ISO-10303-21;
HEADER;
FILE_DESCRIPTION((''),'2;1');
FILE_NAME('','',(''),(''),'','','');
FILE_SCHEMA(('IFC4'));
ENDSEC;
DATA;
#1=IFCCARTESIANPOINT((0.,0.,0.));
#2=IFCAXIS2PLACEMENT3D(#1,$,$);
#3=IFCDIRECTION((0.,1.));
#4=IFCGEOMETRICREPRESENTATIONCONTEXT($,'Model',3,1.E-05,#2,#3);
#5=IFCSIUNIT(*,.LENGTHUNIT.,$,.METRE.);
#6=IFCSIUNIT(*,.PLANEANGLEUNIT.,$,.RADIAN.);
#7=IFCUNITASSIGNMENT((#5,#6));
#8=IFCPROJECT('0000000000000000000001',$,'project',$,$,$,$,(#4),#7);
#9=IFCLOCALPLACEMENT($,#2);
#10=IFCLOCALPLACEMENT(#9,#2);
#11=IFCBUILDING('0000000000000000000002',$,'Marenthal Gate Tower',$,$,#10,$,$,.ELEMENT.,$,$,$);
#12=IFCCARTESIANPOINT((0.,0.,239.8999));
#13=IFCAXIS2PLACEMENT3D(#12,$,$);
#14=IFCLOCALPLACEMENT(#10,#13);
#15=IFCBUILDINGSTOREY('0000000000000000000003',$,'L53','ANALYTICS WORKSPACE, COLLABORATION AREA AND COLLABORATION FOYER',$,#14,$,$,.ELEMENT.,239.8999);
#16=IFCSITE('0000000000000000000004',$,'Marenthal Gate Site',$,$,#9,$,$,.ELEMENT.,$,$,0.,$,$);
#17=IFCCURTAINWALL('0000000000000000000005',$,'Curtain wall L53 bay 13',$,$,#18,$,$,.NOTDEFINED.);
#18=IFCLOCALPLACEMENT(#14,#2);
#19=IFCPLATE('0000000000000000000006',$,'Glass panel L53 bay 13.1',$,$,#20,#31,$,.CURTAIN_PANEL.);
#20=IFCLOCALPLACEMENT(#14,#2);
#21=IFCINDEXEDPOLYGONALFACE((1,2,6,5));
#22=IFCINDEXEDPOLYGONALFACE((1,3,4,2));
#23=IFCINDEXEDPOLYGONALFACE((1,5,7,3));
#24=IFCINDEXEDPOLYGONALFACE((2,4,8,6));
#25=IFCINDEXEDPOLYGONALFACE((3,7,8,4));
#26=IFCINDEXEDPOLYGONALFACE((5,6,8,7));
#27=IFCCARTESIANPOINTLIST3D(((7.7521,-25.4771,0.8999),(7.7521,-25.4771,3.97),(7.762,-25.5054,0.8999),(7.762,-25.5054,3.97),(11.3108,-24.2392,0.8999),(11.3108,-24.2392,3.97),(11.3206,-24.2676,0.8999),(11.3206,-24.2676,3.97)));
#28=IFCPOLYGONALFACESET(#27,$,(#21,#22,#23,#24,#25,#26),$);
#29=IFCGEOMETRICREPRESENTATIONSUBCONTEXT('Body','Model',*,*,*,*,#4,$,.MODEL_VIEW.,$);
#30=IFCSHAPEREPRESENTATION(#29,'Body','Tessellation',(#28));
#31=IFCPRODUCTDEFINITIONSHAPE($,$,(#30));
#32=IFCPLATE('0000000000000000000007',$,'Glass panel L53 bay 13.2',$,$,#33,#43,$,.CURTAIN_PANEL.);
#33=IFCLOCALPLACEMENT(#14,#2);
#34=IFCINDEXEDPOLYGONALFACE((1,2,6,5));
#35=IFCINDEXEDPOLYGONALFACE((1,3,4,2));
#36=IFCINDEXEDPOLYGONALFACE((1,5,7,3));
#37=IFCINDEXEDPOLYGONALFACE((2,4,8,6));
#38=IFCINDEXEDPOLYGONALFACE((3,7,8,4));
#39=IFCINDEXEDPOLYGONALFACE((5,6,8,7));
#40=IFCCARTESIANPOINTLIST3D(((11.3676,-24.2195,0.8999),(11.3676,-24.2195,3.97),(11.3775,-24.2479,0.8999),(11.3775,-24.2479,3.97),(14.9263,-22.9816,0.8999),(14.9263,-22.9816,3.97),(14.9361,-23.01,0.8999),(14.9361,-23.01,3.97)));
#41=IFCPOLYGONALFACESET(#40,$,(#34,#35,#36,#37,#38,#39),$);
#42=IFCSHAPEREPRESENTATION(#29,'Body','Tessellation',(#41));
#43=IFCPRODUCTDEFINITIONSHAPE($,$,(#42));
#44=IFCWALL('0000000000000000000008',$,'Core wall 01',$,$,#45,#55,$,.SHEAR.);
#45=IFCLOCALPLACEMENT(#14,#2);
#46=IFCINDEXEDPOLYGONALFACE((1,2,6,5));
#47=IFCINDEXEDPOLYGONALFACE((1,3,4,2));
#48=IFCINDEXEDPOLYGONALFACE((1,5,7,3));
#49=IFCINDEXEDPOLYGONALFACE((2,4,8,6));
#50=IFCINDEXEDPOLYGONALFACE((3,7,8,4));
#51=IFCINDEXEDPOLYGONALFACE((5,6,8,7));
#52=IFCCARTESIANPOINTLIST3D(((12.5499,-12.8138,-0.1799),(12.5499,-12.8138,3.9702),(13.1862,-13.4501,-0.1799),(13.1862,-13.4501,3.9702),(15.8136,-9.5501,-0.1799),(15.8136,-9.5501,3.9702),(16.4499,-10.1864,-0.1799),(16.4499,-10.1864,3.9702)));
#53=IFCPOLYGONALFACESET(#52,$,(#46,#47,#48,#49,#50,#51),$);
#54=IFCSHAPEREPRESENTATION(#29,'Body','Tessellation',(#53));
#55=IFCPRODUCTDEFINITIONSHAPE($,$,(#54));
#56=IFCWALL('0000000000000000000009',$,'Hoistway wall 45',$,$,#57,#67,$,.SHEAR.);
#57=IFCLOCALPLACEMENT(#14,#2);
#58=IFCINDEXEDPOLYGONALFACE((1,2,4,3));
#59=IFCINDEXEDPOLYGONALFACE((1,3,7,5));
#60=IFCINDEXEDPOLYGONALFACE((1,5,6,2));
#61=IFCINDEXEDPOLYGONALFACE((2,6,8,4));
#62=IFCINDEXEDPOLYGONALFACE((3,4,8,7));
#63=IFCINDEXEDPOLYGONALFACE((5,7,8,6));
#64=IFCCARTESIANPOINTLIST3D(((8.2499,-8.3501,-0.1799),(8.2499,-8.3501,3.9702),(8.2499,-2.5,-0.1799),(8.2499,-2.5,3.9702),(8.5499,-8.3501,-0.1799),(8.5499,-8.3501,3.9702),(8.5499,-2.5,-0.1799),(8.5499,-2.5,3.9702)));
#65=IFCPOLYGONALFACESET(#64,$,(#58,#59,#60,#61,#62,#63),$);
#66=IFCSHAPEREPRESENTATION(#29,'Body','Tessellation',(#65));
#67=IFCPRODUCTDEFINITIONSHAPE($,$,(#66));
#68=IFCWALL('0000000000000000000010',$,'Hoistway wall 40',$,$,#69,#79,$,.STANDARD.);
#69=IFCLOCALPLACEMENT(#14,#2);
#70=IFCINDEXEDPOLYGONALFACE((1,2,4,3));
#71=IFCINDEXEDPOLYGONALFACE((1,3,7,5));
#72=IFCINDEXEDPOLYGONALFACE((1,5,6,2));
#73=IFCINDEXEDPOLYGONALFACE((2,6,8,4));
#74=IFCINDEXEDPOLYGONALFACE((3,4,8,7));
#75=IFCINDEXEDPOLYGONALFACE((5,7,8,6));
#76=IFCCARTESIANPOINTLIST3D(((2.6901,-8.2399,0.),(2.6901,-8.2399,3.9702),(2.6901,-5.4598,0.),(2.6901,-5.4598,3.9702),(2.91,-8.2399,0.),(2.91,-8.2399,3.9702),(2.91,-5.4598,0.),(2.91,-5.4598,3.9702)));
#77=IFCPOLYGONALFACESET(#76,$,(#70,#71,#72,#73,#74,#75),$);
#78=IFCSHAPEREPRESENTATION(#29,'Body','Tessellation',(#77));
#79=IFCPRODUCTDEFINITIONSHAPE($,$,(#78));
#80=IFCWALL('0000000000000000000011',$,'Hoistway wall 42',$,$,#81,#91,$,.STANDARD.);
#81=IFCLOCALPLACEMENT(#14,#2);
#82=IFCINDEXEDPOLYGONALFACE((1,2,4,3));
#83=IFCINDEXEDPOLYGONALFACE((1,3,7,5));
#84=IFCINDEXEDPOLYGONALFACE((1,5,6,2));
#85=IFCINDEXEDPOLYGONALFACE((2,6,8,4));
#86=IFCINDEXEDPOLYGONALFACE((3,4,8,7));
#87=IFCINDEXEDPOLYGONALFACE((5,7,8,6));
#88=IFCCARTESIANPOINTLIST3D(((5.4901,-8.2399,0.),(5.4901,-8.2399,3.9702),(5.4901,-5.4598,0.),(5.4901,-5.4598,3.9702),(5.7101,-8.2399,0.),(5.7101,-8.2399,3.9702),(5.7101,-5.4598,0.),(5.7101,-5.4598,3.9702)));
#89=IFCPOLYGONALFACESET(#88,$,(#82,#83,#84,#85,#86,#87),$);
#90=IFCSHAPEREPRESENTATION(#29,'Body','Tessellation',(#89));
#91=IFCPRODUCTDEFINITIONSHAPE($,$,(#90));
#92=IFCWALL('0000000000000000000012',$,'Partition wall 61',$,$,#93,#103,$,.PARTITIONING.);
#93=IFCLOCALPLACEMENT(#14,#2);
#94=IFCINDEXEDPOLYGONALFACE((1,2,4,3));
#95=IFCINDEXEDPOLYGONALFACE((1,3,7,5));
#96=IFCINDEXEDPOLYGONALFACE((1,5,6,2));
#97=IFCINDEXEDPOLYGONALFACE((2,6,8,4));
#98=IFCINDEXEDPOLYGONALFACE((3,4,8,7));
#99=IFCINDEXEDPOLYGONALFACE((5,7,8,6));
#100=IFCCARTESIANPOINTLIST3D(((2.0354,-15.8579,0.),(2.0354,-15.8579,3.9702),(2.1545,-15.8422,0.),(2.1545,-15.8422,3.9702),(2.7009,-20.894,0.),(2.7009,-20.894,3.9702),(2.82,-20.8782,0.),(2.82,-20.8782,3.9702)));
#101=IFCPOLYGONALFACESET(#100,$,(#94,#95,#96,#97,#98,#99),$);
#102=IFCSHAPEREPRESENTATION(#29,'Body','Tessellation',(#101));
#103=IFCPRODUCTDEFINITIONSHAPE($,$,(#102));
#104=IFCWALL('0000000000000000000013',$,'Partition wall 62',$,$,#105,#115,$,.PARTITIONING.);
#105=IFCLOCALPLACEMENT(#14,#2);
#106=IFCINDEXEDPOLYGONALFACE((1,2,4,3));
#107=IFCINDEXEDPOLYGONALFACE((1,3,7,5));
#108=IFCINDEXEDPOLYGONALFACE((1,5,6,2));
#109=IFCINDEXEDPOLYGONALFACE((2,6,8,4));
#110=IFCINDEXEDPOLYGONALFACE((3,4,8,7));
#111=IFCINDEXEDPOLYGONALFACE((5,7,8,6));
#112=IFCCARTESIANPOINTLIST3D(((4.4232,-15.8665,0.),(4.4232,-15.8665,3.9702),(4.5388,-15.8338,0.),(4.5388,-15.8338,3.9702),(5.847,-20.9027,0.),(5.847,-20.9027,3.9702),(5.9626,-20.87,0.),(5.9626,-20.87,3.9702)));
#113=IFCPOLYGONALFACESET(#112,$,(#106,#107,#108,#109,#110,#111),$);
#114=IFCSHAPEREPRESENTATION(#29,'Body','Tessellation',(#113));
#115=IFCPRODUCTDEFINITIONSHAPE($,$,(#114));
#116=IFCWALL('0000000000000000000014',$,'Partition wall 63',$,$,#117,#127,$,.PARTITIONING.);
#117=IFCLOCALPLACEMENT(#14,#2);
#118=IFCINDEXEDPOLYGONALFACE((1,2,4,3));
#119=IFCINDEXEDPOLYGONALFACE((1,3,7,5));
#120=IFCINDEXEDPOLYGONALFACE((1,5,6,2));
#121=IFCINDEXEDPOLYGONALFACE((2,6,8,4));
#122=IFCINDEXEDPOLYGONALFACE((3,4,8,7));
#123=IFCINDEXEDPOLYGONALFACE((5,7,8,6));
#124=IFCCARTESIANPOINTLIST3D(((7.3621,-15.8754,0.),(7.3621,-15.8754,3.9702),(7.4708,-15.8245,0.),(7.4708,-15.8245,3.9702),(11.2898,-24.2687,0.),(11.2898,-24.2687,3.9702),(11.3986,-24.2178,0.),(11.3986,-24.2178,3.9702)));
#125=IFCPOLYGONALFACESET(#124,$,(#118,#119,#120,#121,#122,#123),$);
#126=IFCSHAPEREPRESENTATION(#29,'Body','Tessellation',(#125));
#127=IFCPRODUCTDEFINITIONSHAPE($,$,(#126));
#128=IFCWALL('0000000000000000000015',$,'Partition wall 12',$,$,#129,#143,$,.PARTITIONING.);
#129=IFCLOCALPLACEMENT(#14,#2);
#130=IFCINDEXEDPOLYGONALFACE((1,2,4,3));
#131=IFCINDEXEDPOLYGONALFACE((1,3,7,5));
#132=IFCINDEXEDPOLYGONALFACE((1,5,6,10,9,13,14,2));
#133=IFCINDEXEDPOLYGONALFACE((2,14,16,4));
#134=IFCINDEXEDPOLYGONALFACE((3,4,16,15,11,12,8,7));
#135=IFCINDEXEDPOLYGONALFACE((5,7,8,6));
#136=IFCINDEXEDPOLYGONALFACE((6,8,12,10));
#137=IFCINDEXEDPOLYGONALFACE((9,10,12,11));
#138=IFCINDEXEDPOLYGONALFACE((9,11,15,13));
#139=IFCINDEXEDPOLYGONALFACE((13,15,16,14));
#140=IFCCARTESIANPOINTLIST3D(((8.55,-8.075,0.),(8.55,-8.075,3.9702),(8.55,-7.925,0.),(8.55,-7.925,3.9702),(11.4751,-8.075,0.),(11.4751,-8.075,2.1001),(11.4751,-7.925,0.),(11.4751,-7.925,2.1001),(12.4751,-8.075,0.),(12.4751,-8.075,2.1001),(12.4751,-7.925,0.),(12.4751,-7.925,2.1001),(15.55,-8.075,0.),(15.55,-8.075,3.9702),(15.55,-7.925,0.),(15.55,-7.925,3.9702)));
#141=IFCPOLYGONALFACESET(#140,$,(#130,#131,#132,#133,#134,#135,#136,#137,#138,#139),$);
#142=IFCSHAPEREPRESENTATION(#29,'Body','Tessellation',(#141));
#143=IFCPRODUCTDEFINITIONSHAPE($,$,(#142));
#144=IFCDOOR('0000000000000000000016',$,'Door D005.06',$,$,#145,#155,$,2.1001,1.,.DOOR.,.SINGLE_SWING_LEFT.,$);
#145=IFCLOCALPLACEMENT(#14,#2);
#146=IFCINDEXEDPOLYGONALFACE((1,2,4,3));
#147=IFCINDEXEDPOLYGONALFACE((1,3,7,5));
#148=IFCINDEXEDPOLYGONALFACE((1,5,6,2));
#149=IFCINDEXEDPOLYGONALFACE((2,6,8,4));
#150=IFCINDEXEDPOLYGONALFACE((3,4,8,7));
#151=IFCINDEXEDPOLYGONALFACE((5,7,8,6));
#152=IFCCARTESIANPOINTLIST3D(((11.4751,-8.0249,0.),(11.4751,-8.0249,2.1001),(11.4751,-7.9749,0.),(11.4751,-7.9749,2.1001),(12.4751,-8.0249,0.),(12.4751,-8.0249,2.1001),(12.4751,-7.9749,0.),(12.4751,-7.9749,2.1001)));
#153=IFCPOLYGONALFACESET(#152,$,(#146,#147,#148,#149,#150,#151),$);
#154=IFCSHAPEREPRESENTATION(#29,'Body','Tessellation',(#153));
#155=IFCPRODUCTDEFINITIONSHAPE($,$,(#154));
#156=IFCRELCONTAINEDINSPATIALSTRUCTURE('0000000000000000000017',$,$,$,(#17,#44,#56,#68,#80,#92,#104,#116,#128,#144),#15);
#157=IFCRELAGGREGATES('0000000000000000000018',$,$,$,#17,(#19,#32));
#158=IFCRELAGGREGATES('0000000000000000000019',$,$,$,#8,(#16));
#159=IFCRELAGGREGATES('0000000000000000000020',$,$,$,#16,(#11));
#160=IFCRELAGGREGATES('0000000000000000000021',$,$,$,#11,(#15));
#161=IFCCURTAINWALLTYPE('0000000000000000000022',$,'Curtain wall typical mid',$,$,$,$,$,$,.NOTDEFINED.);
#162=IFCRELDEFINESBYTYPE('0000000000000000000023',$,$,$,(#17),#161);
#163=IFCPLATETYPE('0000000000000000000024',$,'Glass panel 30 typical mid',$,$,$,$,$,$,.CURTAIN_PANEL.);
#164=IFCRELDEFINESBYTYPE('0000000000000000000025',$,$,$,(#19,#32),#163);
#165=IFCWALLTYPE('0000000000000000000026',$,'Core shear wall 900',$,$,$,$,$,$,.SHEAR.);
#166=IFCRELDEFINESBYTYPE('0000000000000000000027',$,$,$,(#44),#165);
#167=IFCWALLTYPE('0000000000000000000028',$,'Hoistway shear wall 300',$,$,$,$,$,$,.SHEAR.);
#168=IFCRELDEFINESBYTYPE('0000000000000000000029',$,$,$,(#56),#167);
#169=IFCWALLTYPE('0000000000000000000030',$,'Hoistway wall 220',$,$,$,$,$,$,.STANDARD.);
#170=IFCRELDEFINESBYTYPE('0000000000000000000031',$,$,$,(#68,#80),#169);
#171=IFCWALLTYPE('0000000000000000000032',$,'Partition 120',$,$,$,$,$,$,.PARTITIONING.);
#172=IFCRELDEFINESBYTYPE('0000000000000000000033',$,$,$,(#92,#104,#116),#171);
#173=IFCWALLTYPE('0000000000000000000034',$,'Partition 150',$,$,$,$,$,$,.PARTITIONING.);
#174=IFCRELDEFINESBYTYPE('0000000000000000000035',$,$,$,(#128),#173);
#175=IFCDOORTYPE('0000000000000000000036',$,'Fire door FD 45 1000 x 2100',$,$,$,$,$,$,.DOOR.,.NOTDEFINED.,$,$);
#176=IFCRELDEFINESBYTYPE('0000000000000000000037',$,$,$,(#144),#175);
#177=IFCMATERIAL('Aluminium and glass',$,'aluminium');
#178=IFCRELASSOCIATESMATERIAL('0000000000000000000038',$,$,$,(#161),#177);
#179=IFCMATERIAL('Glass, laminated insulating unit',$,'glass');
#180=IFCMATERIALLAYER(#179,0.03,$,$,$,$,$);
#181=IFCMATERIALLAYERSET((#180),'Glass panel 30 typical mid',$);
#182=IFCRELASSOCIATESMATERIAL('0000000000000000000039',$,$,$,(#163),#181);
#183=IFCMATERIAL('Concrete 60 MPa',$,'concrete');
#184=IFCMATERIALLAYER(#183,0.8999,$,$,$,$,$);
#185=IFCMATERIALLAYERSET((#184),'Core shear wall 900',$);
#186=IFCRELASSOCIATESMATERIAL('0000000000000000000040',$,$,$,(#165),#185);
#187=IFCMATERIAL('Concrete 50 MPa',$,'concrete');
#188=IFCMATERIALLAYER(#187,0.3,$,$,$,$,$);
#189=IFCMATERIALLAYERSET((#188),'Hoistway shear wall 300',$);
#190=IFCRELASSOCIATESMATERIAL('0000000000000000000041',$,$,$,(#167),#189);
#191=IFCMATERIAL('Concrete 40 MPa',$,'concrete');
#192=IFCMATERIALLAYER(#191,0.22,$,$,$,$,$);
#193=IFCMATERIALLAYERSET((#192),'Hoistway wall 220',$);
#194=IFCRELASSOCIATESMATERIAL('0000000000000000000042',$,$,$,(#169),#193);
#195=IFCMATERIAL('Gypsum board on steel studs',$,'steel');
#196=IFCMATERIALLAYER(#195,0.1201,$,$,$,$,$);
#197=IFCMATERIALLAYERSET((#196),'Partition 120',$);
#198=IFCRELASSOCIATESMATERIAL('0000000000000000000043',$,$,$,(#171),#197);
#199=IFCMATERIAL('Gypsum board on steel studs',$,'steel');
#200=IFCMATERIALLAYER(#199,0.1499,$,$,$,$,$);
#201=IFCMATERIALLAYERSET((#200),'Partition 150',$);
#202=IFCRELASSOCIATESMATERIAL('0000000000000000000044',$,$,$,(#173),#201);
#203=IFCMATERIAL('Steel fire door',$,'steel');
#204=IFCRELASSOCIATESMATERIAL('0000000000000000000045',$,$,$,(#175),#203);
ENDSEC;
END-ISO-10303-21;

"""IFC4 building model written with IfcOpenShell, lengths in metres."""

from ifc_helpers import new_model, si_unit, direction, frame, frame_2d, origin, origin_2d, place, context, subcontext, project, spatial, rectangle, extrude, material, layer, layer_set, type_object, element, fill, aggregate, save


model = new_model("IFC4")

# Units and contexts
model_context = context("Model", 3, precision=1e-05, world=origin(), true_north=direction((0.0, 1.0)))
body_context = subcontext(model_context, "Body", "Model", "MODEL_VIEW")
ifc_project = project(units=[si_unit("LENGTHUNIT", "METRE"), si_unit("PLANEANGLEUNIT", "RADIAN")], contexts=[model_context])

# Site, building, storey
site_placement = place(None, origin())
site = spatial("IfcSite", under=ifc_project, at=site_placement, Name="Marenthal Gate Site", CompositionType="ELEMENT", RefElevation=0.0)
building_placement = place(site_placement, origin())
building = spatial("IfcBuilding", under=site, at=building_placement, Name="Marenthal Gate Tower", CompositionType="ELEMENT")
storey_placement = place(building_placement, frame((0.0, 0.0, 239.8999)))
storey = spatial("IfcBuildingStorey", under=building, at=storey_placement, Name="L53", Description="ANALYTICS WORKSPACE, COLLABORATION AREA AND COLLABORATION FOYER", CompositionType="ELEMENT", Elevation=239.8999)

# Curtain wall
ifc_material_1 = material(Name="Aluminium and glass", Category="aluminium")
curtain_wall_type = type_object("IfcCurtainWallType", Name="Curtain wall typical mid", PredefinedType="NOTDEFINED", material=ifc_material_1)
curtain_wall_placement = place(storey_placement, origin())
curtain_wall = element("IfcCurtainWall", 1, at=curtain_wall_placement, inside=storey, type_object=curtain_wall_type, Name="Curtain wall L53 bay 13", PredefinedType="NOTDEFINED")

# Plates
ifc_material_2 = material(Name="Glass, laminated insulating unit", Category="glass")
ifc_layer_1 = layer(ifc_material_2, 0.03)
ifc_layer_set_1 = layer_set([ifc_layer_1], Name="Glass panel 30 typical mid")
plate_type = type_object("IfcPlateType", Name="Glass panel 30 typical mid", PredefinedType="CURTAIN_PANEL", material=ifc_layer_set_1)
plate_1_placement = place(storey_placement, frame((9.5364, -24.8723, 0.8999), z_axis=(0.0, 0.0, 1.0), x_axis=(0.94449, 0.32854, 0.0)))
plate_1 = element("IfcPlate", 2, at=plate_1_placement, type_object=plate_type, Name="Glass panel L53 bay 13.1", PredefinedType="CURTAIN_PANEL", context=body_context, shape_type="SweptSolid", body=[
    extrude(rectangle(XDim=3.7678, YDim=0.03, at=origin_2d()), origin(), (0.0, 0.0, 1.0), 3.0701),
])
plate_2_placement = place(storey_placement, frame((13.1519, -23.6147, 0.8999), z_axis=(0.0, 0.0, 1.0), x_axis=(0.94449, 0.32854, 0.0)))
plate_2 = element("IfcPlate", 3, at=plate_2_placement, type_object=plate_type, Name="Glass panel L53 bay 13.2", PredefinedType="CURTAIN_PANEL", context=body_context, shape_type="SweptSolid", body=[
    extrude(rectangle(XDim=3.7678, YDim=0.03, at=origin_2d()), origin(), (0.0, 0.0, 1.0), 3.0701),
])
aggregate(curtain_wall, [plate_1, plate_2])

# Walls
ifc_material_3 = material(Name="Concrete 60 MPa", Category="concrete")
ifc_layer_2 = layer(ifc_material_3, 0.8999)
ifc_layer_set_2 = layer_set([ifc_layer_2], Name="Core shear wall 900")
wall_type_1 = type_object("IfcWallType", Name="Core shear wall 900", PredefinedType="SHEAR", material=ifc_layer_set_2)
wall_1_placement = place(storey_placement, frame((12.8682, -13.1318, -0.1799), z_axis=(0.0, 0.0, 1.0), x_axis=(0.707107, 0.707107, 0.0)))
element("IfcWall", 4, at=wall_1_placement, inside=storey, type_object=wall_type_1, Name="Core wall 01", PredefinedType="SHEAR", context=body_context, shape_type="SweptSolid", body=[
    extrude(rectangle(XDim=4.6155, YDim=0.8999, at=frame_2d((2.3076, 0.0))), origin(), (0.0, 0.0, 1.0), 4.1501),
])
ifc_material_4 = material(Name="Concrete 50 MPa", Category="concrete")
ifc_layer_3 = layer(ifc_material_4, 0.3)
ifc_layer_set_3 = layer_set([ifc_layer_3], Name="Hoistway shear wall 300")
wall_type_2 = type_object("IfcWallType", Name="Hoistway shear wall 300", PredefinedType="SHEAR", material=ifc_layer_set_3)
wall_2_placement = place(storey_placement, frame((8.3999, -8.3501, -0.1799), z_axis=(0.0, 0.0, 1.0), x_axis=(0.0, 1.0, 0.0)))
element("IfcWall", 5, at=wall_2_placement, inside=storey, type_object=wall_type_2, Name="Hoistway wall 45", PredefinedType="SHEAR", context=body_context, shape_type="SweptSolid", body=[
    extrude(rectangle(XDim=5.8501, YDim=0.3, at=frame_2d((2.925, 0.0))), origin(), (0.0, 0.0, 1.0), 4.1501),
])
ifc_material_5 = material(Name="Concrete 40 MPa", Category="concrete")
ifc_layer_4 = layer(ifc_material_5, 0.22)
ifc_layer_set_4 = layer_set([ifc_layer_4], Name="Hoistway wall 220")
wall_type_3 = type_object("IfcWallType", Name="Hoistway wall 220", PredefinedType="STANDARD", material=ifc_layer_set_4)
for number, where, z_axis, x_axis, name in (
    (6, (2.8, -8.24, 0.0), (0.0, 0.0, 1.0), (0.0, 1.0, 0.0), "Hoistway wall 40"),
    (7, (5.6001, -8.24, 0.0), (0.0, 0.0, 1.0), (0.0, 1.0, 0.0), "Hoistway wall 42"),
):
    element("IfcWall", number, at=place(storey_placement, frame(where, z_axis=z_axis, x_axis=x_axis)), inside=storey, type_object=wall_type_3, Name=name, PredefinedType="STANDARD", context=body_context, shape_type="SweptSolid", body=[
        extrude(rectangle(XDim=2.78, YDim=0.22, at=frame_2d((1.3901, 0.0))), origin(), (0.0, 0.0, 1.0), 3.9702),
    ])
ifc_material_6 = material(Name="Gypsum board on steel studs", Category="steel")
ifc_layer_5 = layer(ifc_material_6, 0.1201)
ifc_layer_set_5 = layer_set([ifc_layer_5], Name="Partition 120")
wall_type_4 = type_object("IfcWallType", Name="Partition 120", PredefinedType="PARTITIONING", material=ifc_layer_set_5)
wall_3_placement = place(storey_placement, frame((2.7605, -20.8862, 0.0), z_axis=(0.0, 0.0, 1.0), x_axis=(-0.131011, 0.991381, 0.0)))
element("IfcWall", 8, at=wall_3_placement, inside=storey, type_object=wall_type_4, Name="Partition wall 61", PredefinedType="PARTITIONING", context=body_context, shape_type="SweptSolid", body=[
    extrude(rectangle(XDim=5.0798, YDim=0.1201, at=frame_2d((2.54, 0.0))), origin(), (0.0, 0.0, 1.0), 3.9702),
])
wall_4_placement = place(storey_placement, frame((5.9048, -20.8862, 0.0), z_axis=(0.0, 0.0, 1.0), x_axis=(-0.272058, 0.962281, 0.0)))
element("IfcWall", 9, at=wall_4_placement, inside=storey, type_object=wall_type_4, Name="Partition wall 62", PredefinedType="PARTITIONING", context=body_context, shape_type="SweptSolid", body=[
    extrude(rectangle(XDim=5.2336, YDim=0.1201, at=frame_2d((2.6167, 0.0))), origin(), (0.0, 0.0, 1.0), 3.9702),
])
wall_5_placement = place(storey_placement, frame((7.4165, -15.8501, 0.0), z_axis=(0.0, 0.0, 1.0), x_axis=(0.423847, -0.905734, 0.0)))
element("IfcWall", 10, at=wall_5_placement, inside=storey, type_object=wall_type_4, Name="Partition wall 63", PredefinedType="PARTITIONING", context=body_context, shape_type="SweptSolid", body=[
    extrude(rectangle(XDim=9.2668, YDim=0.1201, at=frame_2d((4.6333, 0.0))), origin(), (0.0, 0.0, 1.0), 3.9702),
])

# Wall, opening, door
ifc_material_7 = material(Name="Gypsum board on steel studs", Category="steel")
ifc_layer_6 = layer(ifc_material_7, 0.1499)
ifc_layer_set_6 = layer_set([ifc_layer_6], Name="Partition 150")
wall_type_5 = type_object("IfcWallType", Name="Partition 150", PredefinedType="PARTITIONING", material=ifc_layer_set_6)
wall_6_placement = place(storey_placement, frame((8.55, -8.0, 0.0), z_axis=(0.0, 0.0, 1.0), x_axis=(1.0, 0.0, 0.0)))
wall_6 = element("IfcWall", 11, at=wall_6_placement, inside=storey, type_object=wall_type_5, Name="Partition wall 12", PredefinedType="PARTITIONING", context=body_context, shape_type="SweptSolid", body=[
    extrude(rectangle(XDim=7.0, YDim=0.1499, at=frame_2d((3.5, 0.0))), origin(), (0.0, 0.0, 1.0), 3.9702),
])
opening_1_placement = place(wall_6_placement, frame((2.925, 0.0, 0.0)))
opening_1 = element("IfcOpeningElement", 12, at=opening_1_placement, cuts=wall_6, PredefinedType="OPENING", context=body_context, shape_type="SweptSolid", body=[
    extrude(rectangle(XDim=1.0, YDim=2.1001, at=frame_2d((0.5, 1.05))), frame((0.0, 0.085, 0.0), z_axis=(0.0, -1.0, 0.0), x_axis=(1.0, 0.0, 0.0)), (0.0, 0.0, 1.0), 0.1699),
])
ifc_material_8 = material(Name="Steel fire door", Category="steel")
door_type = type_object("IfcDoorType", Name="Fire door FD 45 1000 x 2100", OperationType="NOTDEFINED", PredefinedType="DOOR", material=ifc_material_8)
door_1_placement = place(opening_1_placement, frame((1.0, 0.0, 0.0), z_axis=(0.0, 0.0, 1.0), x_axis=(-1.0, 0.0, 0.0)))
door_1 = element("IfcDoor", 13, at=door_1_placement, inside=storey, type_object=door_type, Name="Door D005.06", OperationType="SINGLE_SWING_LEFT", OverallHeight=2.1001, OverallWidth=1.0, PredefinedType="DOOR", context=body_context, shape_type="SweptSolid", body=[
    extrude(rectangle(XDim=1.0, YDim=2.1001, at=frame_2d((0.5, 1.05))), frame((0.0, 0.0249, 0.0), z_axis=(0.0, -1.0, 0.0), x_axis=(1.0, 0.0, 0.0)), (0.0, 0.0, 1.0), 0.05),
])
fill(opening_1, door_1)

save(model, "model.ifc")
